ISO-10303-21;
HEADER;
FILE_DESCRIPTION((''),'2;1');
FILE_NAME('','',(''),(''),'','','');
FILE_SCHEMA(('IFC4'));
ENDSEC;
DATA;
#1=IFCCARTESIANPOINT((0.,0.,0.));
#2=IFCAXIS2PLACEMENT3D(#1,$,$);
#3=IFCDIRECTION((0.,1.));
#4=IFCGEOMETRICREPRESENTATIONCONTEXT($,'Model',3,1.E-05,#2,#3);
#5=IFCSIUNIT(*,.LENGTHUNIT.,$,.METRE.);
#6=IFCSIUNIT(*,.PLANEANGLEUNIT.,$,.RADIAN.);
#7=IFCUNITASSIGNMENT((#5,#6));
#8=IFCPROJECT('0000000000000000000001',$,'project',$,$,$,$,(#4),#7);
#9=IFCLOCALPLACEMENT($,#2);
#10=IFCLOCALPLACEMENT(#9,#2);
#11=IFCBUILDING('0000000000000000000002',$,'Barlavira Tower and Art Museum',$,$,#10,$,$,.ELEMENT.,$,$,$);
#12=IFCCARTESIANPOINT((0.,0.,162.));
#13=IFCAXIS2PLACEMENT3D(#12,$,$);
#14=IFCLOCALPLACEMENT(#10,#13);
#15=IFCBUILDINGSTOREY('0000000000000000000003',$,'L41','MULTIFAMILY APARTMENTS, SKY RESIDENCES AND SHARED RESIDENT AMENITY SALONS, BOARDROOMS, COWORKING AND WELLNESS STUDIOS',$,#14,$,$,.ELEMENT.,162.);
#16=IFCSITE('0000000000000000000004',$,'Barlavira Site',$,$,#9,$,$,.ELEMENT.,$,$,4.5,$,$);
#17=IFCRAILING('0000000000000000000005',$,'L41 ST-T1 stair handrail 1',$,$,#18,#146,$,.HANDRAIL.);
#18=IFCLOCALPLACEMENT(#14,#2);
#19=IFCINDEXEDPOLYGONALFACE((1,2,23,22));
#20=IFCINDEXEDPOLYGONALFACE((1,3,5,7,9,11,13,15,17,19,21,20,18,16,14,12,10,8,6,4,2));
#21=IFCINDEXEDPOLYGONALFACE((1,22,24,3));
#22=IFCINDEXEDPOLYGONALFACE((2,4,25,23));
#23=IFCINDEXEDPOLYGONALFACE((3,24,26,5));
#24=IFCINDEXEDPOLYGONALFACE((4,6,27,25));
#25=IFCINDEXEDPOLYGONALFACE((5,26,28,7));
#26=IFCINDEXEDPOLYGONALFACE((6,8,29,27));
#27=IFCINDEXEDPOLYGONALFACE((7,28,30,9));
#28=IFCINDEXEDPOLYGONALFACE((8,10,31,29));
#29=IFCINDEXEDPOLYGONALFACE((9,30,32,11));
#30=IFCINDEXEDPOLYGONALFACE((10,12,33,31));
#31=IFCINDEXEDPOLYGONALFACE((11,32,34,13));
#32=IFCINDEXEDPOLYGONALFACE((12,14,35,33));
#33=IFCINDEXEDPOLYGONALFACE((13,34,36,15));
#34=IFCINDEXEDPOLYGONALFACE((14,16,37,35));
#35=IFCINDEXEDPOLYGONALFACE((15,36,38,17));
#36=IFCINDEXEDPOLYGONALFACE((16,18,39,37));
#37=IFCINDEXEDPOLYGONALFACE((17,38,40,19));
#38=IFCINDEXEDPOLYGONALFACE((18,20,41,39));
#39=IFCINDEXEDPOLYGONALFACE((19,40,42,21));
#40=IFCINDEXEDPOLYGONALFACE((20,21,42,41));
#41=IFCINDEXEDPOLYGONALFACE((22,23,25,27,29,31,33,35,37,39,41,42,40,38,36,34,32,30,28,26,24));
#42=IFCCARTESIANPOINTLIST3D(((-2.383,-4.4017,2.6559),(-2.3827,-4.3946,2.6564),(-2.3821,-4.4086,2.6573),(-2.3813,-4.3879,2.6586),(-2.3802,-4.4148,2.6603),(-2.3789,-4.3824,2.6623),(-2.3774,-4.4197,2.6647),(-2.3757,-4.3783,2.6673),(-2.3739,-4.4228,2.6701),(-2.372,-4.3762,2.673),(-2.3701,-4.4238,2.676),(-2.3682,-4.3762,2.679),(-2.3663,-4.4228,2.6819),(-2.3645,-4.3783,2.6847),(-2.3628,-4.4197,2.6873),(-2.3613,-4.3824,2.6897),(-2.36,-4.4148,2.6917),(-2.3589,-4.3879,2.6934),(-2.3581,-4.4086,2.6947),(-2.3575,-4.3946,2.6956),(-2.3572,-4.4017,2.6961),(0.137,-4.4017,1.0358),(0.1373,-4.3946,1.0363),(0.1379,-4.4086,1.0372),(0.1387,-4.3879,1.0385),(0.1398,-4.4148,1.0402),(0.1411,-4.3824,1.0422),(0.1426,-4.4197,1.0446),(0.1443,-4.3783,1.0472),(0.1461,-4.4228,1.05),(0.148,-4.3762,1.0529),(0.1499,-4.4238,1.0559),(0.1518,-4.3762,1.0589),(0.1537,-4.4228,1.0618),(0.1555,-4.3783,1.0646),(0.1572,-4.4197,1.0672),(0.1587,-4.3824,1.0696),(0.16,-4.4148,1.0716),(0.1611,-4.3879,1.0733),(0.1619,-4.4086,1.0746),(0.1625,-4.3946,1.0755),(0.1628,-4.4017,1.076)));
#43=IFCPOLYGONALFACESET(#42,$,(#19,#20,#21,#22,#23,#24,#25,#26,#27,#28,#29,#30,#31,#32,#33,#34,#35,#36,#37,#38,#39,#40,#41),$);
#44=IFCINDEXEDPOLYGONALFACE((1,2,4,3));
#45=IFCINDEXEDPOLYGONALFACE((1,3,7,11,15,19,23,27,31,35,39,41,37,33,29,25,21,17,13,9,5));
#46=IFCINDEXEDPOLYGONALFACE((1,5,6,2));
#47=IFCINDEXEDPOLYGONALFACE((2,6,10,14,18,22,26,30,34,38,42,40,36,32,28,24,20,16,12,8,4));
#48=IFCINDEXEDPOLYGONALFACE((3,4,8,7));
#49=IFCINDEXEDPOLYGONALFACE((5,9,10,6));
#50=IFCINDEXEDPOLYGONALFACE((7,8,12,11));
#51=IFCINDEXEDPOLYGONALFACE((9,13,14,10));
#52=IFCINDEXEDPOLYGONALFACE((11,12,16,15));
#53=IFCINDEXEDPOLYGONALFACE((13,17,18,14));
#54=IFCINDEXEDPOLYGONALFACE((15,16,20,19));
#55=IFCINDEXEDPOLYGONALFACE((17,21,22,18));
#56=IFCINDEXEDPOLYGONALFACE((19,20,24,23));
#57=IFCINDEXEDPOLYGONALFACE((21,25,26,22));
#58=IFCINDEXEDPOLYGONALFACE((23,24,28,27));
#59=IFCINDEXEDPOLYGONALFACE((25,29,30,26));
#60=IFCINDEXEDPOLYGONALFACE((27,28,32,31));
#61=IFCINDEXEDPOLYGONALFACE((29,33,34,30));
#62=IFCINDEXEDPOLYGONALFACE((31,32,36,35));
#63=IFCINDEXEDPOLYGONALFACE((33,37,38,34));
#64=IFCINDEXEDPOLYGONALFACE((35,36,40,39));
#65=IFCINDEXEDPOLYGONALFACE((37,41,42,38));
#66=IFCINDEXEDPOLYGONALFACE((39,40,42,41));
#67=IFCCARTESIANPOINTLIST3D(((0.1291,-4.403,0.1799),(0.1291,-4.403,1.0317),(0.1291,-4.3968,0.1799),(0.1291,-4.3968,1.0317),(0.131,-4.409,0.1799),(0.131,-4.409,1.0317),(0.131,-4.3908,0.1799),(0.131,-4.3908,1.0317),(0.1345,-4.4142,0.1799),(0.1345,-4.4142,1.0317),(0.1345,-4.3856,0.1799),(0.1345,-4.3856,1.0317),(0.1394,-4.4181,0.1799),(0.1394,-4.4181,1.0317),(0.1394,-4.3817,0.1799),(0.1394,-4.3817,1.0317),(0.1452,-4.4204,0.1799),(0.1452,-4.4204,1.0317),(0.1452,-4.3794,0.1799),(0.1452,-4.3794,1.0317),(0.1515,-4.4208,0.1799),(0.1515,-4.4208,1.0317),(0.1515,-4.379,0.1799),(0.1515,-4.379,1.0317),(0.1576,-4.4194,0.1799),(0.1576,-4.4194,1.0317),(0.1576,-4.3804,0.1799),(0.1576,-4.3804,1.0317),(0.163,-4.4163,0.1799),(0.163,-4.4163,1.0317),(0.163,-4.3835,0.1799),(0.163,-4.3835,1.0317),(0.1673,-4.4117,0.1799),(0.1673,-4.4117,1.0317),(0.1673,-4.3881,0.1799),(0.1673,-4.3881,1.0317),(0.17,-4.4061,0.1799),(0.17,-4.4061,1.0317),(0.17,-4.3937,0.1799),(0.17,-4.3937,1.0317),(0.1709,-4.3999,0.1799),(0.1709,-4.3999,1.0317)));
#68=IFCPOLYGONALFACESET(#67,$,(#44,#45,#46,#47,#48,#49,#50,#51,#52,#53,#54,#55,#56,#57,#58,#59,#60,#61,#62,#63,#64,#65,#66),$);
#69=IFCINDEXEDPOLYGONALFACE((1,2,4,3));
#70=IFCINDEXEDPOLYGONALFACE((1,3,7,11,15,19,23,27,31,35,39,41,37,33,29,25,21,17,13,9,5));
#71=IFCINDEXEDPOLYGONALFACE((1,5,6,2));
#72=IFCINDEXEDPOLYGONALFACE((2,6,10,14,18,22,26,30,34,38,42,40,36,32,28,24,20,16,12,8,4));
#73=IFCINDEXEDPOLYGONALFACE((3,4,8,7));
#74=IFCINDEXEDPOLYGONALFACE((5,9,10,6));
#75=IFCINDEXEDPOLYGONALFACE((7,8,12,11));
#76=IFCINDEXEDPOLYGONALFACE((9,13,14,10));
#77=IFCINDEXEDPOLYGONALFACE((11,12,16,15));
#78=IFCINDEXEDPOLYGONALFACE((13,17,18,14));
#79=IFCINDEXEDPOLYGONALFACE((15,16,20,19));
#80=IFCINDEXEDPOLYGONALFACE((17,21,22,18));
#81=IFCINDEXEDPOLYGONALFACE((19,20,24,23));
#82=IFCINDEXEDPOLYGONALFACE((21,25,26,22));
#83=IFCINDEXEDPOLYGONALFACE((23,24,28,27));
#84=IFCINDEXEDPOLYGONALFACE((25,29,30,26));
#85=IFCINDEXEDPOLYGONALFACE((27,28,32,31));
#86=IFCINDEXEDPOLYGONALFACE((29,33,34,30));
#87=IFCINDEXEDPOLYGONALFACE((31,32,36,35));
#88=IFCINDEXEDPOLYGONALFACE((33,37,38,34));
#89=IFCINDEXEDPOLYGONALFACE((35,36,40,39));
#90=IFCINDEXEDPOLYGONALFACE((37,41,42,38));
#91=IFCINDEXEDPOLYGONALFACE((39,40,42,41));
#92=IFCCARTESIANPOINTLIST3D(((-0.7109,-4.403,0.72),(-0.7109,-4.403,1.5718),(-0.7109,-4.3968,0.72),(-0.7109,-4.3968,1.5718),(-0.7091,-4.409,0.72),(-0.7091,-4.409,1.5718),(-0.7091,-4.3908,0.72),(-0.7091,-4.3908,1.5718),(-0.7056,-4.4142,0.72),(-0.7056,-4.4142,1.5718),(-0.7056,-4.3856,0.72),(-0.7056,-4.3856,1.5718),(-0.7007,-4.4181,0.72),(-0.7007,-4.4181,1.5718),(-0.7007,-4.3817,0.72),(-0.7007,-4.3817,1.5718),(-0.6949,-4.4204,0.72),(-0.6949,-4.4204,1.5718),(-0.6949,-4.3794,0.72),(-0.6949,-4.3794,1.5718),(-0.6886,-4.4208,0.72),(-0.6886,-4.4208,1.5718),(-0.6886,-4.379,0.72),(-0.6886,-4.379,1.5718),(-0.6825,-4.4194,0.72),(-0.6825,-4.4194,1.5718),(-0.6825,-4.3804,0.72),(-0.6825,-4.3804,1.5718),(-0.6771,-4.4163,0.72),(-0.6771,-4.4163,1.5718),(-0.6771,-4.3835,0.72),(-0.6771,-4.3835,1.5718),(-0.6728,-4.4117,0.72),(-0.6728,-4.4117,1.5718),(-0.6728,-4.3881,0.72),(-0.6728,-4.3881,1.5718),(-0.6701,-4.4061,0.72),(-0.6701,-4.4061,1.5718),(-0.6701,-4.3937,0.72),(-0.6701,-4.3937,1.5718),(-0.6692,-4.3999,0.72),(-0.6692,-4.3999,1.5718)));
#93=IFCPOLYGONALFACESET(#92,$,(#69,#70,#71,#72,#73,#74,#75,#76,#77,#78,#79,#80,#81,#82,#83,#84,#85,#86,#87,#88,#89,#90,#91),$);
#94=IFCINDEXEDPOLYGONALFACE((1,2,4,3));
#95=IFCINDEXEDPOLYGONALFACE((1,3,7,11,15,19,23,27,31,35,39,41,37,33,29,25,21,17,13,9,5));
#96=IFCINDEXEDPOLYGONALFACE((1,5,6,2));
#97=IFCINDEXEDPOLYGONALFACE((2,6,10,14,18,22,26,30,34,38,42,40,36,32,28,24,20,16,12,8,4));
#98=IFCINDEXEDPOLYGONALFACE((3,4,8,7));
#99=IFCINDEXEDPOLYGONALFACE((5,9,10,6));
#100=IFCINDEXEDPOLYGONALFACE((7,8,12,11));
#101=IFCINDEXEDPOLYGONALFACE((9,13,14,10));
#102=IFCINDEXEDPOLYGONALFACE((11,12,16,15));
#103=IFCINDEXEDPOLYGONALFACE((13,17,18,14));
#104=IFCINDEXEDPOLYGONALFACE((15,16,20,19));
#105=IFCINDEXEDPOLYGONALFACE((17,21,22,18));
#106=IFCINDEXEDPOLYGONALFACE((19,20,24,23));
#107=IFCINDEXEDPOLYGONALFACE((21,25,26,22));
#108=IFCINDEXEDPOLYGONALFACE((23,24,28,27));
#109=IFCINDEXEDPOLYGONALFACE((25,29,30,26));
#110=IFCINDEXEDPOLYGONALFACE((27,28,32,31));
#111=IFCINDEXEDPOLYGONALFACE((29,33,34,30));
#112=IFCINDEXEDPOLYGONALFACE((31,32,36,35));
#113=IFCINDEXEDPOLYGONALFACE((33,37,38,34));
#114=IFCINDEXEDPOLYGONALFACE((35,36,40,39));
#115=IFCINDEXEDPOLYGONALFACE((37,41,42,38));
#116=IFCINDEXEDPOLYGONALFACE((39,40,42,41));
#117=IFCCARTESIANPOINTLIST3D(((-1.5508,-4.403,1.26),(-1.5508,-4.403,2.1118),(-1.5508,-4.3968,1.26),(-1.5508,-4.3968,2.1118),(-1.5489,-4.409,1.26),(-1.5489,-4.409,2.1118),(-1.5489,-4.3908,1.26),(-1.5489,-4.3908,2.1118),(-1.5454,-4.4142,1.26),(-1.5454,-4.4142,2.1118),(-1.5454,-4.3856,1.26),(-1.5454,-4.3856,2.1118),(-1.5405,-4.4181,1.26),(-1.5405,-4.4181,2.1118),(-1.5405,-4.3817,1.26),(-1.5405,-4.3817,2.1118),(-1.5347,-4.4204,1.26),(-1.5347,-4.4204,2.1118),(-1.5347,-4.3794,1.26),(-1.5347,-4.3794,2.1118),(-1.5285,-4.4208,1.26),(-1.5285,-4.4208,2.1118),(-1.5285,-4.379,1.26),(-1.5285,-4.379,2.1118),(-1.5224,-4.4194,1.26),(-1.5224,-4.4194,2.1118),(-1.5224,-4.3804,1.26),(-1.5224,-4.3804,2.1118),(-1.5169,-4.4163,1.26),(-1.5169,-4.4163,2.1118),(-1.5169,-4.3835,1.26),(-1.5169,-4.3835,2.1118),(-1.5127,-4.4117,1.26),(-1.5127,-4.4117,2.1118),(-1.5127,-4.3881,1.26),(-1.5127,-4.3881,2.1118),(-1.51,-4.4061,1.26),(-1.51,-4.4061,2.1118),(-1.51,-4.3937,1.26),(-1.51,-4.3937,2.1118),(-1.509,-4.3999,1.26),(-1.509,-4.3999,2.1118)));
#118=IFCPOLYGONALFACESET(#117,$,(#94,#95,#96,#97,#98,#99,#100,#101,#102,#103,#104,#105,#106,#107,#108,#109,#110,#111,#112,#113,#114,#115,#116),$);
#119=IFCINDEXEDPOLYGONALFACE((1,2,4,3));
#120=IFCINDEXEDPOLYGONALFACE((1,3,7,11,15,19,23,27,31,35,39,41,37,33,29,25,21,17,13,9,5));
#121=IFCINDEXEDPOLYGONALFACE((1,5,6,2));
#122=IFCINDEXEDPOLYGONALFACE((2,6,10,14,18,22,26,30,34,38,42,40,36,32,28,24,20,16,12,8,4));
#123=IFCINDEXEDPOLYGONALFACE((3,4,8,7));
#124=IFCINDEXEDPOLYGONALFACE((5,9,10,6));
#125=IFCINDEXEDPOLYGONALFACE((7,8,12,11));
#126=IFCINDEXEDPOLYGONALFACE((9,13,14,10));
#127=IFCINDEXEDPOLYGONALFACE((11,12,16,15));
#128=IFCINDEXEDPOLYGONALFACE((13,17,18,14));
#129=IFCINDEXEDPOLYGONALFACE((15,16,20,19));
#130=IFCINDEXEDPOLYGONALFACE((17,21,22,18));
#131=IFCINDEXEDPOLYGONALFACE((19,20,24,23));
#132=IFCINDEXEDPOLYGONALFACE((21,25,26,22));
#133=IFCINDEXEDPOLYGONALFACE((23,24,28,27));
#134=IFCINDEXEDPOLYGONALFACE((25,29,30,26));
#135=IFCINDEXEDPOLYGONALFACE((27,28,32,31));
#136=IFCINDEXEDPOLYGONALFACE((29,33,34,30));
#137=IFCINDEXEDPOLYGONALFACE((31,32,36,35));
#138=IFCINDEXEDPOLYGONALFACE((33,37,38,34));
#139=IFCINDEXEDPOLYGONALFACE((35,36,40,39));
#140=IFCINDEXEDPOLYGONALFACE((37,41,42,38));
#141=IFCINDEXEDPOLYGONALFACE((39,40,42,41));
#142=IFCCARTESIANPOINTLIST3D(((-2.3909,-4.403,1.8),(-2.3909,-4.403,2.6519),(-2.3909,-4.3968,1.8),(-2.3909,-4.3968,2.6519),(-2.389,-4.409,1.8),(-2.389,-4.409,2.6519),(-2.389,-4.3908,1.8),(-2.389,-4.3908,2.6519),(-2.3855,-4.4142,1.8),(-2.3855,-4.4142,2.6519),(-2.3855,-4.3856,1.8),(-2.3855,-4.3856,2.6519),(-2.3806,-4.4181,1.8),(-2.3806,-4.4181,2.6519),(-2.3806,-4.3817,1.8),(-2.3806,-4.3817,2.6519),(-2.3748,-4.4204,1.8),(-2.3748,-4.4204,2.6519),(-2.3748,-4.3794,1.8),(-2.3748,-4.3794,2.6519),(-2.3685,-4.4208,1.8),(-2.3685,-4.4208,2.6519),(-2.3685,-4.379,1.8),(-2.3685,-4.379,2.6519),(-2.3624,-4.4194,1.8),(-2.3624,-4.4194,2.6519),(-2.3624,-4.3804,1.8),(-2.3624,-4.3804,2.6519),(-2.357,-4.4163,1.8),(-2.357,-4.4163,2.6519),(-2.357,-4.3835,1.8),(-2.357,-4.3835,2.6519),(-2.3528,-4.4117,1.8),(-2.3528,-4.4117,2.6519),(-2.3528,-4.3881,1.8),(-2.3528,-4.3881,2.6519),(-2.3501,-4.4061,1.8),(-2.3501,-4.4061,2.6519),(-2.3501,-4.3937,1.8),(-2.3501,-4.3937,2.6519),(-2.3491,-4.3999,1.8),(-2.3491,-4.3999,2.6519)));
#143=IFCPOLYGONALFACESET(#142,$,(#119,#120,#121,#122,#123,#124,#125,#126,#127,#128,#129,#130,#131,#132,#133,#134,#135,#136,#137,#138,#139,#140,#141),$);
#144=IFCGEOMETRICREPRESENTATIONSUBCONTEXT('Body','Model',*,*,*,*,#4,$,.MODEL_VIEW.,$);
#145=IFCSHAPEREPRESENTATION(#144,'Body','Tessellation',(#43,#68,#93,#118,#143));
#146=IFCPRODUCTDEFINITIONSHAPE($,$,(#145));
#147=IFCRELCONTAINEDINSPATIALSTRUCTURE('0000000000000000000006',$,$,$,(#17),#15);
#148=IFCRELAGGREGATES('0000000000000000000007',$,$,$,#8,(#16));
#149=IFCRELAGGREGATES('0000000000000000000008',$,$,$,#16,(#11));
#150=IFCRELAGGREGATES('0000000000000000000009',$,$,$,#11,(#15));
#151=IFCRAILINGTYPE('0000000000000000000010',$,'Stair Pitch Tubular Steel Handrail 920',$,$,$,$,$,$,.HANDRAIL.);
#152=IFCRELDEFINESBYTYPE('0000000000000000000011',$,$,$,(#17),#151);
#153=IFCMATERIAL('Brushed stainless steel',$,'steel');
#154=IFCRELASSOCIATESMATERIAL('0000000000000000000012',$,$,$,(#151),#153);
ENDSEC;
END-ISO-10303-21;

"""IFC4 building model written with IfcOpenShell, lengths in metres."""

from ifc_helpers import new_model, si_unit, direction, frame, origin, origin_2d, place, context, subcontext, project, spatial, circle, extrude, material, type_object, element, save


model = new_model("IFC4")

# Units and contexts
model_context = context("Model", 3, precision=1e-05, world=origin(), true_north=direction((0.0, 1.0)))
body_context = subcontext(model_context, "Body", "Model", "MODEL_VIEW")
ifc_project = project(units=[si_unit("LENGTHUNIT", "METRE"), si_unit("PLANEANGLEUNIT", "RADIAN")], contexts=[model_context])

# Site, building, storey
site_placement = place(None, origin())
site = spatial("IfcSite", under=ifc_project, at=site_placement, Name="Barlavira Site", CompositionType="ELEMENT", RefElevation=4.5)
building_placement = place(site_placement, origin())
building = spatial("IfcBuilding", under=site, at=building_placement, Name="Barlavira Tower and Art Museum", CompositionType="ELEMENT")
storey_placement = place(building_placement, frame((0.0, 0.0, 162.0)))
storey = spatial("IfcBuildingStorey", under=building, at=storey_placement, Name="L41", Description="MULTIFAMILY APARTMENTS, SKY RESIDENCES AND SHARED RESIDENT AMENITY SALONS, BOARDROOMS, COWORKING AND WELLNESS STUDIOS", CompositionType="ELEMENT", Elevation=162.0)

# Shared definitions
ifc_material_1 = material(Name="Brushed stainless steel", Category="steel")

# Railing
railing_type_1 = type_object("IfcRailingType", Name="Stair Pitch Tubular Steel Handrail 920", PredefinedType="HANDRAIL", material=ifc_material_1)
railing_1_placement = place(storey_placement, frame((0.1499, -4.3999, 0.1799)))
element("IfcRailing", 1, at=railing_1_placement, inside=storey, type_object=railing_type_1, Name="L41 ST-T1 stair handrail 1", PredefinedType="HANDRAIL", context=body_context, shape_type="SweptSolid", body=[
    extrude(circle(Radius=0.0239, at=origin_2d()), frame((0.0, 0.0, 0.876), z_axis=(-0.841163, 0.0, 0.540782), x_axis=(0.0, -1.0, 0.0)), (0.0, 0.0, 1.0), 2.9958),
    extrude(circle(Radius=0.021, at=origin_2d()), origin(), (0.0, 0.0, 1.0), 0.8518),
    extrude(circle(Radius=0.021, at=origin_2d()), frame((-0.8401, 0.0, 0.54)), (0.0, 0.0, 1.0), 0.8518),
    extrude(circle(Radius=0.021, at=origin_2d()), frame((-1.6799, 0.0, 1.0801)), (0.0, 0.0, 1.0), 0.8518),
    extrude(circle(Radius=0.021, at=origin_2d()), frame((-2.52, 0.0, 1.6201)), (0.0, 0.0, 1.0), 0.8518),
])

save(model, "model.ifc")
